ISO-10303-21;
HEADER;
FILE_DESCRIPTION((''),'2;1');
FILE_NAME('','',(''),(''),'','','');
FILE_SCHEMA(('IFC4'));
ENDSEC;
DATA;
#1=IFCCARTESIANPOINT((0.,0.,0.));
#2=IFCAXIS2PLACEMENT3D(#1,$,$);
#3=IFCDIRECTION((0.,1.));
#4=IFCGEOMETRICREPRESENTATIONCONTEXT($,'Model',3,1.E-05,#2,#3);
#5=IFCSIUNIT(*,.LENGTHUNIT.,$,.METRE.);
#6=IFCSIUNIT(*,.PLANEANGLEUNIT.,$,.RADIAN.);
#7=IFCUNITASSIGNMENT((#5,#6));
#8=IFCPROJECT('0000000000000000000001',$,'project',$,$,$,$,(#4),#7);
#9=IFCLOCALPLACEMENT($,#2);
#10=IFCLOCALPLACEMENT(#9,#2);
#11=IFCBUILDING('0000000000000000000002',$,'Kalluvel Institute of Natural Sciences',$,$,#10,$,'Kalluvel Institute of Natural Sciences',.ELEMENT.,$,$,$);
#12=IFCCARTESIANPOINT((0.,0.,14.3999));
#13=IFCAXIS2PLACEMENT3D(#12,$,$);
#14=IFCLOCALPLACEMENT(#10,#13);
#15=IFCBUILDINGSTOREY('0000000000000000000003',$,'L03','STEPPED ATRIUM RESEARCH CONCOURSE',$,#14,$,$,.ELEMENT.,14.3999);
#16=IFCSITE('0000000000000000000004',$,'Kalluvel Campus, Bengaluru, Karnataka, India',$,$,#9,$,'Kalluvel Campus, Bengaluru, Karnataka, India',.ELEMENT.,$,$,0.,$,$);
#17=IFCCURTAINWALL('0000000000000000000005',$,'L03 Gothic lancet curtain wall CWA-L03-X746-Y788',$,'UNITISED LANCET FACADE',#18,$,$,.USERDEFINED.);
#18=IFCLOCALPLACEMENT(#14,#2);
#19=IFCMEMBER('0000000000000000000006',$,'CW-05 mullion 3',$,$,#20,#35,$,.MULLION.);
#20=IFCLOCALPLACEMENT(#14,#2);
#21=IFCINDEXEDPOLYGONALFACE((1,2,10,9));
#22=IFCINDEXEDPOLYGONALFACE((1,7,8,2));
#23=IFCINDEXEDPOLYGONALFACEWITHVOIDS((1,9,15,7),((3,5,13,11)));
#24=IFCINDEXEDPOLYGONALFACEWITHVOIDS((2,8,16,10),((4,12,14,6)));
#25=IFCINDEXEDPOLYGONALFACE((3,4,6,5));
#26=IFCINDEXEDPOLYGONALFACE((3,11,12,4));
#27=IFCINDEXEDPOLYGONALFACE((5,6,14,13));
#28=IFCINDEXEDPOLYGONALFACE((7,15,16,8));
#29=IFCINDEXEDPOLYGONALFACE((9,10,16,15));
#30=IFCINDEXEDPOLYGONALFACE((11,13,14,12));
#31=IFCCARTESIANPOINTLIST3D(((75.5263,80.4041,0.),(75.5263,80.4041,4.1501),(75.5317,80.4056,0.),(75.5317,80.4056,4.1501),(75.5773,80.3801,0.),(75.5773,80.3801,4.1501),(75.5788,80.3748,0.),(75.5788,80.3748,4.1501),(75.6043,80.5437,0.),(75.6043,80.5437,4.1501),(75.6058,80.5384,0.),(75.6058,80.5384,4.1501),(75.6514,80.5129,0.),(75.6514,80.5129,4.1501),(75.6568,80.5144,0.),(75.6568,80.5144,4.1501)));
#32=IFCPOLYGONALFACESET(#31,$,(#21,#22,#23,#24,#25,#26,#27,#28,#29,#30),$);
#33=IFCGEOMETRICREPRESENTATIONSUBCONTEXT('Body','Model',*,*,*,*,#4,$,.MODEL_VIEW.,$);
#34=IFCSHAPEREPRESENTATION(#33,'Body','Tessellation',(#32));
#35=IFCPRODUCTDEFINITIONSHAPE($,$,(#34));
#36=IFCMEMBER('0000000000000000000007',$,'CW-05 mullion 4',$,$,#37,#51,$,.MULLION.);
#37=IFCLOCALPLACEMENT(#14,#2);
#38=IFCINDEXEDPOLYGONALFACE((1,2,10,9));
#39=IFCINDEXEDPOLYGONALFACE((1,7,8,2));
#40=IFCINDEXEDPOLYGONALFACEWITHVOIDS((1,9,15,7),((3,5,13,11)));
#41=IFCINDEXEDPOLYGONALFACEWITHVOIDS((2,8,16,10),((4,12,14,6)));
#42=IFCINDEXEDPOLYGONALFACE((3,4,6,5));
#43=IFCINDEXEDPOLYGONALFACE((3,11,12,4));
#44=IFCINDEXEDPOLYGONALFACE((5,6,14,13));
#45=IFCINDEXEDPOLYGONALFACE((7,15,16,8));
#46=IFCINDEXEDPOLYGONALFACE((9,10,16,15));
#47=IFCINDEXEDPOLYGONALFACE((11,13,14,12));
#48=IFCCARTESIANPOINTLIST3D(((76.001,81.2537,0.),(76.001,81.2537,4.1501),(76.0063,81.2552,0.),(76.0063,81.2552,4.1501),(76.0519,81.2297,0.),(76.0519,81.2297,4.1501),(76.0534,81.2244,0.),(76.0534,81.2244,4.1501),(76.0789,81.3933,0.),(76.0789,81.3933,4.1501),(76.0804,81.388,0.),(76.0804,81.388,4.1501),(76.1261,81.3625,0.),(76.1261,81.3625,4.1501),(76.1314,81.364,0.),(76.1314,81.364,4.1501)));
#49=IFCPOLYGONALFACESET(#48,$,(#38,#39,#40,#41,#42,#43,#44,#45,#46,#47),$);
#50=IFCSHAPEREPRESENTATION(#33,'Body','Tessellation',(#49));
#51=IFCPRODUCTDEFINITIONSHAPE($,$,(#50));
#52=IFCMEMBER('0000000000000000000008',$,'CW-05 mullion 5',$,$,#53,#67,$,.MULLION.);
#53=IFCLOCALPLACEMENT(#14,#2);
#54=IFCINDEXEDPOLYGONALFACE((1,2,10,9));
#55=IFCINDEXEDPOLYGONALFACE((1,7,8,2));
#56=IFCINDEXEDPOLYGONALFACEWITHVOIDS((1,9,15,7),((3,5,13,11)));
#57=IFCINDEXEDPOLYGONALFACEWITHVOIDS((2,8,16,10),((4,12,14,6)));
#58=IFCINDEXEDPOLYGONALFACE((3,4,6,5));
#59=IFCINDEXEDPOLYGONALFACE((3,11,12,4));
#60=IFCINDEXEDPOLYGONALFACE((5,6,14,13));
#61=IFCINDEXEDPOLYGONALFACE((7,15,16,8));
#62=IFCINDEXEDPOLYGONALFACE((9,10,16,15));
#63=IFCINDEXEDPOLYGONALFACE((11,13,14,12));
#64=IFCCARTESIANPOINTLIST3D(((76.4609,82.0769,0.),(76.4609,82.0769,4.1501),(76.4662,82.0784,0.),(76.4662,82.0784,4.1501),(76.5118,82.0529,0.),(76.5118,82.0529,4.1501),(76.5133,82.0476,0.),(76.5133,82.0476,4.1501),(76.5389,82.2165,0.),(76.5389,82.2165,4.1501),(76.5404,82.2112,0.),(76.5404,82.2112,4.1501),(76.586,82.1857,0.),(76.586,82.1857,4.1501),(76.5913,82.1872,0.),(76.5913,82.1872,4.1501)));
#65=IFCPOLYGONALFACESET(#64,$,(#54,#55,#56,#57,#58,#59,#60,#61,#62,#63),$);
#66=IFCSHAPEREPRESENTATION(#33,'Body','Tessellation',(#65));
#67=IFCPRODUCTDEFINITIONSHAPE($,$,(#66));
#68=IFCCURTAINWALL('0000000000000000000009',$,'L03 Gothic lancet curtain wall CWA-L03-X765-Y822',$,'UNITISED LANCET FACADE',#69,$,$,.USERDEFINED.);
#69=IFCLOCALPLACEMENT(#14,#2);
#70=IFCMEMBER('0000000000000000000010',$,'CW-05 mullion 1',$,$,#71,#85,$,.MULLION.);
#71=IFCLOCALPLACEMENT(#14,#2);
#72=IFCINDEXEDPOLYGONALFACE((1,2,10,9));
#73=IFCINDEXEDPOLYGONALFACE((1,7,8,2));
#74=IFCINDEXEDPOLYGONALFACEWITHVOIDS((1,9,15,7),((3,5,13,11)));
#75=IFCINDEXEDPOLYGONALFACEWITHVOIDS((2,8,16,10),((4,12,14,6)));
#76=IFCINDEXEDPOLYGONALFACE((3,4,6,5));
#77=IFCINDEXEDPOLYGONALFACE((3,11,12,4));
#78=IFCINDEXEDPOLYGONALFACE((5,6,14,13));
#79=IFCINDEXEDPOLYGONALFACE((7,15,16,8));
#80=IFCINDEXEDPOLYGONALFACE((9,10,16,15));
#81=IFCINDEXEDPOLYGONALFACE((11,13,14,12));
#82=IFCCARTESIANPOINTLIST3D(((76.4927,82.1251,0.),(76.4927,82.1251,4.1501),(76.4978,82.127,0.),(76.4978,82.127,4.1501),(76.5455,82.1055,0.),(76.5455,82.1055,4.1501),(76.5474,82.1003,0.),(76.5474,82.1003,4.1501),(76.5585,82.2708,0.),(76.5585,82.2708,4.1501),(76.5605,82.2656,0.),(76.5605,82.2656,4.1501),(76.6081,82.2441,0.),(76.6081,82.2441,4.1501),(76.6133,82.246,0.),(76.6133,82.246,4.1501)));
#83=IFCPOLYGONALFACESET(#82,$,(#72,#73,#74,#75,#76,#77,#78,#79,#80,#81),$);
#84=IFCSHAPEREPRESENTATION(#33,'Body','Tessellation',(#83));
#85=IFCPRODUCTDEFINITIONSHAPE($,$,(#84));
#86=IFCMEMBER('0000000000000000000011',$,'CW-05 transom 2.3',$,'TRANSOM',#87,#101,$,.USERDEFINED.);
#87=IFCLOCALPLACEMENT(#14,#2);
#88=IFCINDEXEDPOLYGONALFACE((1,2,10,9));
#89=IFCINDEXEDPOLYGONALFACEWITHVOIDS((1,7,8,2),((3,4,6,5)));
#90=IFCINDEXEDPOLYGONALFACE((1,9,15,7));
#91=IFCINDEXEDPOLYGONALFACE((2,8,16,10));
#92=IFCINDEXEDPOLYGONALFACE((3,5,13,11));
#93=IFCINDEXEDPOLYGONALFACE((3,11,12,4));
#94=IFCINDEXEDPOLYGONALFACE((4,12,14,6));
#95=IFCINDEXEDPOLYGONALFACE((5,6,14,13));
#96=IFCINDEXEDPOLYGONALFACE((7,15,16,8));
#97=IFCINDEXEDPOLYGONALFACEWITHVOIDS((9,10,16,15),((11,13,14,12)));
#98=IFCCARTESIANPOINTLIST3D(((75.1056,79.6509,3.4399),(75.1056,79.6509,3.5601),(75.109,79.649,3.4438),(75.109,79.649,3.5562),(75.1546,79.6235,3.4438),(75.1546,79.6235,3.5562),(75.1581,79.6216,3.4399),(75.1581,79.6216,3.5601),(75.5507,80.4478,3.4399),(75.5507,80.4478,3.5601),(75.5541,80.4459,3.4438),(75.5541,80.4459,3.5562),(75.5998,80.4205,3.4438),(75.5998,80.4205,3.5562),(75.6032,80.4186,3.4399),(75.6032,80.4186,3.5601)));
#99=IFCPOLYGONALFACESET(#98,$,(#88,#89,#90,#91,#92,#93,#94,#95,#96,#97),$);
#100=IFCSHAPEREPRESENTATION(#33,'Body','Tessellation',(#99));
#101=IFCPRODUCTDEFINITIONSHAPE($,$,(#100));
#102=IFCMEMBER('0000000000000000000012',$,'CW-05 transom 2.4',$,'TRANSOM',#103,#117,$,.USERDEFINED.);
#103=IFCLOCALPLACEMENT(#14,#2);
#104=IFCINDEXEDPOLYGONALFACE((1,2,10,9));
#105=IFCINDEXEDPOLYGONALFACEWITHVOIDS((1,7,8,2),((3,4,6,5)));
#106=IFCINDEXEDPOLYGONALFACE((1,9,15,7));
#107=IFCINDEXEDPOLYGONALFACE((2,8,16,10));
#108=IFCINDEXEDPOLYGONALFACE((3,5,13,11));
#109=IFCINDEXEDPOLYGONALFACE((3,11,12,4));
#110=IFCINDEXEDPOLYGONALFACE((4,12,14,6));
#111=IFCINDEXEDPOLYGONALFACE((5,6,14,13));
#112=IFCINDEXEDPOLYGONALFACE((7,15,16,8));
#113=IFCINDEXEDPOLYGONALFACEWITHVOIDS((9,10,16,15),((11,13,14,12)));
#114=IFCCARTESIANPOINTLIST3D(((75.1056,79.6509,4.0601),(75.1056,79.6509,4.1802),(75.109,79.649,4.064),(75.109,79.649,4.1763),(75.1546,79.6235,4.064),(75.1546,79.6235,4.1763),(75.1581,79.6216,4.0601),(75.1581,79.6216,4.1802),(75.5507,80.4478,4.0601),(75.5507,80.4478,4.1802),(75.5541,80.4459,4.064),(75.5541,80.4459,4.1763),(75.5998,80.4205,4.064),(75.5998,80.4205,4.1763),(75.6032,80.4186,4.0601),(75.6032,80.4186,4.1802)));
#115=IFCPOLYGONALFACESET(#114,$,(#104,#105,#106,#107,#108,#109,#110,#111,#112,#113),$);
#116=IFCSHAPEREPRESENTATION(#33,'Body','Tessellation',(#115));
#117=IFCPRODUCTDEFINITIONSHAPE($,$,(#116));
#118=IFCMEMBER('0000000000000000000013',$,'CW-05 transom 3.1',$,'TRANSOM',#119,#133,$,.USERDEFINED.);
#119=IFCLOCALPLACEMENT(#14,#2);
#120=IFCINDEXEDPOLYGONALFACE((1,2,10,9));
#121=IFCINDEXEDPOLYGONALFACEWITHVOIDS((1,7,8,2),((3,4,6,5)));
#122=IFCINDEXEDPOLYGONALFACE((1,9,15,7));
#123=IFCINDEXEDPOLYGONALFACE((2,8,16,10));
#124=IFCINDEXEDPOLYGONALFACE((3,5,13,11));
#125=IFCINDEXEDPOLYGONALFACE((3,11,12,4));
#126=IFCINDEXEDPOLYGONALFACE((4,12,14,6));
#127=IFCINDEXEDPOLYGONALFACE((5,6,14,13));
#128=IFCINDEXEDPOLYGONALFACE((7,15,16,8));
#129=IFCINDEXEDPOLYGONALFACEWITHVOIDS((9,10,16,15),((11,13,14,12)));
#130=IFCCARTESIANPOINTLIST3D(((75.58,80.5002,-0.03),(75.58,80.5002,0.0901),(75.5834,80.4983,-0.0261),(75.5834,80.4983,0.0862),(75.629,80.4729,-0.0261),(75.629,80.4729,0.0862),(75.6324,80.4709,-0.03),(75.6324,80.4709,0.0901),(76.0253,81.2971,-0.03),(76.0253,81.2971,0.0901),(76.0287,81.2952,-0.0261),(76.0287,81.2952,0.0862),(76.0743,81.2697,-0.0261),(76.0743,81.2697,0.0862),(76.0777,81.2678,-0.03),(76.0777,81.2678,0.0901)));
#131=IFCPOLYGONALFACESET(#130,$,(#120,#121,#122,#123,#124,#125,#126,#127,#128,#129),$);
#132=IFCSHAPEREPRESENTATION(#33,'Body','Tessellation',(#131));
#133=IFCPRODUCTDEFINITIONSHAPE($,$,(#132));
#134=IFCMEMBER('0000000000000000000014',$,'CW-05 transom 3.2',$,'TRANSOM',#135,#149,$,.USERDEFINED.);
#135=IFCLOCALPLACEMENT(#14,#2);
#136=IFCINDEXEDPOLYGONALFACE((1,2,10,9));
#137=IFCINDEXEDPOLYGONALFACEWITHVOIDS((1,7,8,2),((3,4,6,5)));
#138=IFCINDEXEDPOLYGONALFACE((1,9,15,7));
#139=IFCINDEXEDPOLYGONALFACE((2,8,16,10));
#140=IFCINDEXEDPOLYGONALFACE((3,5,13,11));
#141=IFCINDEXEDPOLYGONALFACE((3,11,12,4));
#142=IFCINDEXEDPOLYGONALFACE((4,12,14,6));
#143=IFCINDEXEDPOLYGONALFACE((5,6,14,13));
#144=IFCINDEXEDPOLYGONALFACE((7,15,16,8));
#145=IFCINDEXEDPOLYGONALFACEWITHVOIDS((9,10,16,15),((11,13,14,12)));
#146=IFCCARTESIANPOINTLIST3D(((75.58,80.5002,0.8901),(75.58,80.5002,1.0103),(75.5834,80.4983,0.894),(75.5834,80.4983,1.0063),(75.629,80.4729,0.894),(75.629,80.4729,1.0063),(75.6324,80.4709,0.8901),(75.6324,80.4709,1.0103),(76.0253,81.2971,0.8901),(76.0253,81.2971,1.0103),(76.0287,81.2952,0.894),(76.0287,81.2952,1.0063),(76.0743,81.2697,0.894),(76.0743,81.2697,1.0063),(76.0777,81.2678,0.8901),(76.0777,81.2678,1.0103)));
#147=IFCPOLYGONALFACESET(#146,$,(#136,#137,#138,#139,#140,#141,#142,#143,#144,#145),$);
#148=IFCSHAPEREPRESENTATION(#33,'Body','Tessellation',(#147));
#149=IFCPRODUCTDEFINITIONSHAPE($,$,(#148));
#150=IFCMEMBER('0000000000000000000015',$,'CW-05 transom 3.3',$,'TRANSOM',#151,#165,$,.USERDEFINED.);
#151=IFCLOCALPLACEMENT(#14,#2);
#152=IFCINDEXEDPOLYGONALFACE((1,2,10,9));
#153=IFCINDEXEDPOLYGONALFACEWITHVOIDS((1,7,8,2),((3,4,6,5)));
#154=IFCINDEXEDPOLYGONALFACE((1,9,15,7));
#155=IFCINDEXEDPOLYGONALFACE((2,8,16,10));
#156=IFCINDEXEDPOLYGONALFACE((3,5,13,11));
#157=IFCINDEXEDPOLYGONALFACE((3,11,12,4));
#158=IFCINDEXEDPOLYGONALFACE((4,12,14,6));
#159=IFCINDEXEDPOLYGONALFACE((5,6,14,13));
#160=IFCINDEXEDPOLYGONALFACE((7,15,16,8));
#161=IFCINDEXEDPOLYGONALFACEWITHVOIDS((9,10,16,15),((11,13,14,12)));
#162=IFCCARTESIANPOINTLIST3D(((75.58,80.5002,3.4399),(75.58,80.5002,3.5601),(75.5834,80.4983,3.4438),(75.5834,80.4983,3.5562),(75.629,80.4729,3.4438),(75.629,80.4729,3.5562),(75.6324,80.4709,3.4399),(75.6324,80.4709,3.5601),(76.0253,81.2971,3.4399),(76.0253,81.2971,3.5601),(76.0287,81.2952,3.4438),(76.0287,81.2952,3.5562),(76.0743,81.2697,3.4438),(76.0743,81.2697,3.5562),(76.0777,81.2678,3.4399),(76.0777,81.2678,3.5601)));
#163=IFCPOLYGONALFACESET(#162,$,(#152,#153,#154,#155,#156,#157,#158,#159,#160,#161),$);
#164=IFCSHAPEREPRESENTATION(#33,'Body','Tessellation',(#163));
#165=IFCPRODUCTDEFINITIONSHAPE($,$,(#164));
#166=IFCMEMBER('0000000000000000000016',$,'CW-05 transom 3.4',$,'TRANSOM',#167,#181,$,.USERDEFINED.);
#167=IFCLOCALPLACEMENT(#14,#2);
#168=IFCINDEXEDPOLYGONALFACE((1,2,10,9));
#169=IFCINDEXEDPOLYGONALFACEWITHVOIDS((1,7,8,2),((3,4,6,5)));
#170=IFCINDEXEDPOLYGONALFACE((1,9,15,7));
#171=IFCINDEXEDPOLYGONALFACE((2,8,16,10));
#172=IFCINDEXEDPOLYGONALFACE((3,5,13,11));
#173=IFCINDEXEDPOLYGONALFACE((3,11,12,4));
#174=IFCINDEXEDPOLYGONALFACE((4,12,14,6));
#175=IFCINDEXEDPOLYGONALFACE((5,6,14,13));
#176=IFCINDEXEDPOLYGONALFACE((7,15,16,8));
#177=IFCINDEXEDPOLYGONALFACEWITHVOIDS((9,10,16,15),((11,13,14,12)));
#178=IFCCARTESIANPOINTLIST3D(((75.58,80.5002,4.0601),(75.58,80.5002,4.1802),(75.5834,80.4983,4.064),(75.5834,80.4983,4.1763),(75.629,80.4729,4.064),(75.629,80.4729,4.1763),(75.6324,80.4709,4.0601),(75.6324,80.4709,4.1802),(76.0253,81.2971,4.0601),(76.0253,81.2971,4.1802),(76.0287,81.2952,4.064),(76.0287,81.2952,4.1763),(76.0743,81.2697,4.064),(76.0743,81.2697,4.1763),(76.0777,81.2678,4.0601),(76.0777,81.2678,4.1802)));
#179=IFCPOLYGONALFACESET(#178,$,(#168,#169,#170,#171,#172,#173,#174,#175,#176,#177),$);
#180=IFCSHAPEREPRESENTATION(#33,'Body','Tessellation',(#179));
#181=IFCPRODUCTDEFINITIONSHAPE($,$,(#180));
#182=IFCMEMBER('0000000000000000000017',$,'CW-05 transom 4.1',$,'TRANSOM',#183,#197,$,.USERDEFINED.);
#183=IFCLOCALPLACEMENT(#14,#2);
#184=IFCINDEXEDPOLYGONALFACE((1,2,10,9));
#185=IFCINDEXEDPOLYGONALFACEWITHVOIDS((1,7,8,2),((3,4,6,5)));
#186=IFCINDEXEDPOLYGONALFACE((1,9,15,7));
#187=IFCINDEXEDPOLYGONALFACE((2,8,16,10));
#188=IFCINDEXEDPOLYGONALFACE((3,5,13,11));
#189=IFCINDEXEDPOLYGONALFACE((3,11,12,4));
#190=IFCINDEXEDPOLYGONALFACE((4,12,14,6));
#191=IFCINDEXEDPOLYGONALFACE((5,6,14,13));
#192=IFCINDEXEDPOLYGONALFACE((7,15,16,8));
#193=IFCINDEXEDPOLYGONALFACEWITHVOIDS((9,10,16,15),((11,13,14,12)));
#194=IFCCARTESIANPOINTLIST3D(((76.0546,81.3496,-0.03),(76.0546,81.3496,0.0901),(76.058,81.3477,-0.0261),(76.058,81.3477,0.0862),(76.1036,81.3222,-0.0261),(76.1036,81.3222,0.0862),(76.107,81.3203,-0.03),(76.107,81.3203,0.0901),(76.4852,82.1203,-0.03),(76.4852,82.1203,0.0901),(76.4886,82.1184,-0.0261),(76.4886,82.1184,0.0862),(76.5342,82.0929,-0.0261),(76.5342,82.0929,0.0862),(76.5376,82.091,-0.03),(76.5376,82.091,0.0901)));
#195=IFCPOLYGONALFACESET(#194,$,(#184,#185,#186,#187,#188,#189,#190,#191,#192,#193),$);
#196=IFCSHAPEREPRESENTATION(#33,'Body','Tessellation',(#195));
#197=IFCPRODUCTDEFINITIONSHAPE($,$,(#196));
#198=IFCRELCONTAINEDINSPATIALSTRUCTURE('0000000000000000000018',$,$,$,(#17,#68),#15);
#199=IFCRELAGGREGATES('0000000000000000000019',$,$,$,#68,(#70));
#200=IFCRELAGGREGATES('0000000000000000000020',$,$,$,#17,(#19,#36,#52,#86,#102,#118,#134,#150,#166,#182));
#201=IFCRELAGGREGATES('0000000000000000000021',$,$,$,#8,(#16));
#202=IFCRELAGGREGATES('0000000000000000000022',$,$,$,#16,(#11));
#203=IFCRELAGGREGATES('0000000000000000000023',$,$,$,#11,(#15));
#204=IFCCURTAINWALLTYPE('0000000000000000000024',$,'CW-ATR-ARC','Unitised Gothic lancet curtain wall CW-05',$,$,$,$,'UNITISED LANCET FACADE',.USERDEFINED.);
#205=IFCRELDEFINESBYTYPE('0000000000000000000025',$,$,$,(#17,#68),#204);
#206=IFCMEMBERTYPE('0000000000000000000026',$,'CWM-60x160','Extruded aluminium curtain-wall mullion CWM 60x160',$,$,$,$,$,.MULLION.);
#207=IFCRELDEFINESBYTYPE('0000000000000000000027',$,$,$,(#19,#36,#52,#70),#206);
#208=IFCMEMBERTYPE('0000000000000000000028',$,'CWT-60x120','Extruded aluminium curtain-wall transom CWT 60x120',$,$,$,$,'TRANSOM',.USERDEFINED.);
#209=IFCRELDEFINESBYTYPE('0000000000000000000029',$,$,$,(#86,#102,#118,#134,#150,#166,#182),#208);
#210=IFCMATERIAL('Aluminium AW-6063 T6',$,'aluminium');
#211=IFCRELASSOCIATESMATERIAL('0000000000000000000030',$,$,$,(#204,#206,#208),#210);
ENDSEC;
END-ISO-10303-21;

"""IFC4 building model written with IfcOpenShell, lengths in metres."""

from ifc_helpers import new_model, si_unit, direction, frame, origin, origin_2d, place, context, subcontext, project, spatial, hollow_rectangle, extrude, material, material_profile, profile_set, type_object, element, aggregate, save


model = new_model("IFC4")

# Units and contexts
model_context = context("Model", 3, precision=1e-05, world=origin(), true_north=direction((0.0, 1.0)))
body_context = subcontext(model_context, "Body", "Model", "MODEL_VIEW")
ifc_project = project(units=[si_unit("LENGTHUNIT", "METRE"), si_unit("PLANEANGLEUNIT", "RADIAN")], contexts=[model_context])

# Site, building, storey
site_placement = place(None, origin())
site = spatial("IfcSite", under=ifc_project, at=site_placement, Name="Kalluvel Campus, Bengaluru, Karnataka, India", LongName="Kalluvel Campus, Bengaluru, Karnataka, India", CompositionType="ELEMENT", RefElevation=0.0)
building_placement = place(site_placement, origin())
building = spatial("IfcBuilding", under=site, at=building_placement, Name="Kalluvel Institute of Natural Sciences", LongName="Kalluvel Institute of Natural Sciences", CompositionType="ELEMENT")
storey_placement = place(building_placement, frame((0.0, 0.0, 14.3999)))
storey = spatial("IfcBuildingStorey", under=building, at=storey_placement, Name="L03", Description="STEPPED ATRIUM RESEARCH CONCOURSE", CompositionType="ELEMENT", Elevation=14.3999)

# Curtain wall, members
ifc_material_1 = material(Name="Aluminium AW-6063 T6", Category="aluminium")
curtain_wall_type = type_object("IfcCurtainWallType", Name="CW-ATR-ARC", Description="Unitised Gothic lancet curtain wall CW-05", ElementType="UNITISED LANCET FACADE", PredefinedType="USERDEFINED", material=ifc_material_1)
curtain_wall_1_placement = place(storey_placement, origin())
curtain_wall_1 = element("IfcCurtainWall", 1, at=curtain_wall_1_placement, inside=storey, type_object=curtain_wall_type, Name="L03 Gothic lancet curtain wall CWA-L03-X746-Y788", ObjectType="UNITISED LANCET FACADE", PredefinedType="USERDEFINED")
ifc_material_profile_1 = material_profile(ifc_material_1, hollow_rectangle(XDim=0.0601, YDim=0.1599, WallThickness=0.0039, at=origin_2d()), Name="CWM 60x160")
ifc_profile_set_1 = profile_set([ifc_material_profile_1], Name="Aluminium AW-6063 T6")
member_type_1 = type_object("IfcMemberType", Name="CWM-60x160", Description="Extruded aluminium curtain-wall mullion CWM 60x160", PredefinedType="MULLION", material=ifc_profile_set_1)
member_1_placement = place(storey_placement, frame((75.5916, 80.4592, 0.0), z_axis=(0.0, 0.0, 1.0), x_axis=(-0.873011, 0.487701, 0.0)))
member_1 = element("IfcMember", 2, at=member_1_placement, type_object=member_type_1, Name="CW-05 mullion 3", PredefinedType="MULLION", context=body_context, shape_type="SweptSolid", body=[
    extrude(hollow_rectangle(XDim=0.0601, YDim=0.1599, WallThickness=0.0039, at=origin_2d()), origin(), (0.0, 0.0, 1.0), 4.1501),
])
member_2_placement = place(storey_placement, frame((76.0662, 81.3088, 0.0), z_axis=(0.0, 0.0, 1.0), x_axis=(-0.873011, 0.487701, 0.0)))
member_2 = element("IfcMember", 3, at=member_2_placement, type_object=member_type_1, Name="CW-05 mullion 4", PredefinedType="MULLION", context=body_context, shape_type="SweptSolid", body=[
    extrude(hollow_rectangle(XDim=0.0601, YDim=0.1599, WallThickness=0.0039, at=origin_2d()), origin(), (0.0, 0.0, 1.0), 4.1501),
])
member_3_placement = place(storey_placement, frame((76.5261, 82.1321, 0.0), z_axis=(0.0, 0.0, 1.0), x_axis=(-0.873011, 0.487701, 0.0)))
member_3 = element("IfcMember", 4, at=member_3_placement, type_object=member_type_1, Name="CW-05 mullion 5", PredefinedType="MULLION", context=body_context, shape_type="SweptSolid", body=[
    extrude(hollow_rectangle(XDim=0.0601, YDim=0.1599, WallThickness=0.0039, at=origin_2d()), origin(), (0.0, 0.0, 1.0), 4.1501),
])

# Curtain wall, member
curtain_wall_2_placement = place(storey_placement, origin())
curtain_wall_2 = element("IfcCurtainWall", 5, at=curtain_wall_2_placement, inside=storey, type_object=curtain_wall_type, Name="L03 Gothic lancet curtain wall CWA-L03-X765-Y822", ObjectType="UNITISED LANCET FACADE", PredefinedType="USERDEFINED")
member_4_placement = place(storey_placement, frame((76.553, 82.1855, 0.0), z_axis=(0.0, 0.0, 1.0), x_axis=(-0.911231, 0.411895, 0.0)))
member_4 = element("IfcMember", 6, at=member_4_placement, type_object=member_type_1, Name="CW-05 mullion 1", PredefinedType="MULLION", context=body_context, shape_type="SweptSolid", body=[
    extrude(hollow_rectangle(XDim=0.0601, YDim=0.1599, WallThickness=0.0039, at=origin_2d()), origin(), (0.0, 0.0, 1.0), 4.1501),
])
aggregate(curtain_wall_2, [member_4])

# Members
ifc_material_profile_2 = material_profile(ifc_material_1, hollow_rectangle(XDim=0.0601, YDim=0.1201, WallThickness=0.0039, at=origin_2d()), Name="CWT 60x120")
ifc_profile_set_2 = profile_set([ifc_material_profile_2], Name="Aluminium AW-6063 T6")
member_type_2 = type_object("IfcMemberType", Name="CWT-60x120", Description="Extruded aluminium curtain-wall transom CWT 60x120", ElementType="TRANSOM", PredefinedType="USERDEFINED", material=ifc_profile_set_2)
member_5_placement = place(storey_placement, frame((75.1318, 79.6362, 3.5), z_axis=(0.487618, 0.873057, 0.0), x_axis=(-0.873057, 0.487618, 0.0)))
member_5 = element("IfcMember", 7, at=member_5_placement, type_object=member_type_2, Name="CW-05 transom 2.3", ObjectType="TRANSOM", PredefinedType="USERDEFINED", context=body_context, shape_type="SweptSolid", body=[
    extrude(hollow_rectangle(XDim=0.0601, YDim=0.1201, WallThickness=0.0039, at=origin_2d()), origin(), (0.0, 0.0, 1.0), 0.9128),
])
member_6_placement = place(storey_placement, frame((75.1318, 79.6362, 4.1201), z_axis=(0.487618, 0.873057, 0.0), x_axis=(-0.873057, 0.487618, 0.0)))
member_6 = element("IfcMember", 8, at=member_6_placement, type_object=member_type_2, Name="CW-05 transom 2.4", ObjectType="TRANSOM", PredefinedType="USERDEFINED", context=body_context, shape_type="SweptSolid", body=[
    extrude(hollow_rectangle(XDim=0.0601, YDim=0.1201, WallThickness=0.0039, at=origin_2d()), origin(), (0.0, 0.0, 1.0), 0.9128),
])
member_7_placement = place(storey_placement, frame((75.6062, 80.4856, 0.03), z_axis=(0.487821, 0.872943, 0.0), x_axis=(-0.872943, 0.487821, 0.0)))
member_7 = element("IfcMember", 9, at=member_7_placement, type_object=member_type_2, Name="CW-05 transom 3.1", ObjectType="TRANSOM", PredefinedType="USERDEFINED", context=body_context, shape_type="SweptSolid", body=[
    extrude(hollow_rectangle(XDim=0.0601, YDim=0.1201, WallThickness=0.0039, at=origin_2d()), origin(), (0.0, 0.0, 1.0), 0.9128),
])
member_8_placement = place(storey_placement, frame((75.6062, 80.4856, 0.9502), z_axis=(0.487821, 0.872943, 0.0), x_axis=(-0.872943, 0.487821, 0.0)))
member_8 = element("IfcMember", 10, at=member_8_placement, type_object=member_type_2, Name="CW-05 transom 3.2", ObjectType="TRANSOM", PredefinedType="USERDEFINED", context=body_context, shape_type="SweptSolid", body=[
    extrude(hollow_rectangle(XDim=0.0601, YDim=0.1201, WallThickness=0.0039, at=origin_2d()), origin(), (0.0, 0.0, 1.0), 0.9128),
])
member_9_placement = place(storey_placement, frame((75.6062, 80.4856, 3.5), z_axis=(0.487821, 0.872943, 0.0), x_axis=(-0.872943, 0.487821, 0.0)))
member_9 = element("IfcMember", 11, at=member_9_placement, type_object=member_type_2, Name="CW-05 transom 3.3", ObjectType="TRANSOM", PredefinedType="USERDEFINED", context=body_context, shape_type="SweptSolid", body=[
    extrude(hollow_rectangle(XDim=0.0601, YDim=0.1201, WallThickness=0.0039, at=origin_2d()), origin(), (0.0, 0.0, 1.0), 0.9128),
])
member_10_placement = place(storey_placement, frame((75.6062, 80.4856, 4.1201), z_axis=(0.487821, 0.872943, 0.0), x_axis=(-0.872943, 0.487821, 0.0)))
member_10 = element("IfcMember", 12, at=member_10_placement, type_object=member_type_2, Name="CW-05 transom 3.4", ObjectType="TRANSOM", PredefinedType="USERDEFINED", context=body_context, shape_type="SweptSolid", body=[
    extrude(hollow_rectangle(XDim=0.0601, YDim=0.1201, WallThickness=0.0039, at=origin_2d()), origin(), (0.0, 0.0, 1.0), 0.9128),
])
member_11_placement = place(storey_placement, frame((76.0808, 81.335, 0.03), z_axis=(0.487778, 0.872968, 0.0), x_axis=(-0.872968, 0.487778, 0.0)))
member_11 = element("IfcMember", 13, at=member_11_placement, type_object=member_type_2, Name="CW-05 transom 4.1", ObjectType="TRANSOM", PredefinedType="USERDEFINED", context=body_context, shape_type="SweptSolid", body=[
    extrude(hollow_rectangle(XDim=0.0601, YDim=0.1201, WallThickness=0.0039, at=origin_2d()), origin(), (0.0, 0.0, 1.0), 0.8828),
])

aggregate(curtain_wall_1, [member_1, member_2, member_3, member_5, member_6, member_7, member_8, member_9, member_10, member_11])

save(model, "model.ifc")
